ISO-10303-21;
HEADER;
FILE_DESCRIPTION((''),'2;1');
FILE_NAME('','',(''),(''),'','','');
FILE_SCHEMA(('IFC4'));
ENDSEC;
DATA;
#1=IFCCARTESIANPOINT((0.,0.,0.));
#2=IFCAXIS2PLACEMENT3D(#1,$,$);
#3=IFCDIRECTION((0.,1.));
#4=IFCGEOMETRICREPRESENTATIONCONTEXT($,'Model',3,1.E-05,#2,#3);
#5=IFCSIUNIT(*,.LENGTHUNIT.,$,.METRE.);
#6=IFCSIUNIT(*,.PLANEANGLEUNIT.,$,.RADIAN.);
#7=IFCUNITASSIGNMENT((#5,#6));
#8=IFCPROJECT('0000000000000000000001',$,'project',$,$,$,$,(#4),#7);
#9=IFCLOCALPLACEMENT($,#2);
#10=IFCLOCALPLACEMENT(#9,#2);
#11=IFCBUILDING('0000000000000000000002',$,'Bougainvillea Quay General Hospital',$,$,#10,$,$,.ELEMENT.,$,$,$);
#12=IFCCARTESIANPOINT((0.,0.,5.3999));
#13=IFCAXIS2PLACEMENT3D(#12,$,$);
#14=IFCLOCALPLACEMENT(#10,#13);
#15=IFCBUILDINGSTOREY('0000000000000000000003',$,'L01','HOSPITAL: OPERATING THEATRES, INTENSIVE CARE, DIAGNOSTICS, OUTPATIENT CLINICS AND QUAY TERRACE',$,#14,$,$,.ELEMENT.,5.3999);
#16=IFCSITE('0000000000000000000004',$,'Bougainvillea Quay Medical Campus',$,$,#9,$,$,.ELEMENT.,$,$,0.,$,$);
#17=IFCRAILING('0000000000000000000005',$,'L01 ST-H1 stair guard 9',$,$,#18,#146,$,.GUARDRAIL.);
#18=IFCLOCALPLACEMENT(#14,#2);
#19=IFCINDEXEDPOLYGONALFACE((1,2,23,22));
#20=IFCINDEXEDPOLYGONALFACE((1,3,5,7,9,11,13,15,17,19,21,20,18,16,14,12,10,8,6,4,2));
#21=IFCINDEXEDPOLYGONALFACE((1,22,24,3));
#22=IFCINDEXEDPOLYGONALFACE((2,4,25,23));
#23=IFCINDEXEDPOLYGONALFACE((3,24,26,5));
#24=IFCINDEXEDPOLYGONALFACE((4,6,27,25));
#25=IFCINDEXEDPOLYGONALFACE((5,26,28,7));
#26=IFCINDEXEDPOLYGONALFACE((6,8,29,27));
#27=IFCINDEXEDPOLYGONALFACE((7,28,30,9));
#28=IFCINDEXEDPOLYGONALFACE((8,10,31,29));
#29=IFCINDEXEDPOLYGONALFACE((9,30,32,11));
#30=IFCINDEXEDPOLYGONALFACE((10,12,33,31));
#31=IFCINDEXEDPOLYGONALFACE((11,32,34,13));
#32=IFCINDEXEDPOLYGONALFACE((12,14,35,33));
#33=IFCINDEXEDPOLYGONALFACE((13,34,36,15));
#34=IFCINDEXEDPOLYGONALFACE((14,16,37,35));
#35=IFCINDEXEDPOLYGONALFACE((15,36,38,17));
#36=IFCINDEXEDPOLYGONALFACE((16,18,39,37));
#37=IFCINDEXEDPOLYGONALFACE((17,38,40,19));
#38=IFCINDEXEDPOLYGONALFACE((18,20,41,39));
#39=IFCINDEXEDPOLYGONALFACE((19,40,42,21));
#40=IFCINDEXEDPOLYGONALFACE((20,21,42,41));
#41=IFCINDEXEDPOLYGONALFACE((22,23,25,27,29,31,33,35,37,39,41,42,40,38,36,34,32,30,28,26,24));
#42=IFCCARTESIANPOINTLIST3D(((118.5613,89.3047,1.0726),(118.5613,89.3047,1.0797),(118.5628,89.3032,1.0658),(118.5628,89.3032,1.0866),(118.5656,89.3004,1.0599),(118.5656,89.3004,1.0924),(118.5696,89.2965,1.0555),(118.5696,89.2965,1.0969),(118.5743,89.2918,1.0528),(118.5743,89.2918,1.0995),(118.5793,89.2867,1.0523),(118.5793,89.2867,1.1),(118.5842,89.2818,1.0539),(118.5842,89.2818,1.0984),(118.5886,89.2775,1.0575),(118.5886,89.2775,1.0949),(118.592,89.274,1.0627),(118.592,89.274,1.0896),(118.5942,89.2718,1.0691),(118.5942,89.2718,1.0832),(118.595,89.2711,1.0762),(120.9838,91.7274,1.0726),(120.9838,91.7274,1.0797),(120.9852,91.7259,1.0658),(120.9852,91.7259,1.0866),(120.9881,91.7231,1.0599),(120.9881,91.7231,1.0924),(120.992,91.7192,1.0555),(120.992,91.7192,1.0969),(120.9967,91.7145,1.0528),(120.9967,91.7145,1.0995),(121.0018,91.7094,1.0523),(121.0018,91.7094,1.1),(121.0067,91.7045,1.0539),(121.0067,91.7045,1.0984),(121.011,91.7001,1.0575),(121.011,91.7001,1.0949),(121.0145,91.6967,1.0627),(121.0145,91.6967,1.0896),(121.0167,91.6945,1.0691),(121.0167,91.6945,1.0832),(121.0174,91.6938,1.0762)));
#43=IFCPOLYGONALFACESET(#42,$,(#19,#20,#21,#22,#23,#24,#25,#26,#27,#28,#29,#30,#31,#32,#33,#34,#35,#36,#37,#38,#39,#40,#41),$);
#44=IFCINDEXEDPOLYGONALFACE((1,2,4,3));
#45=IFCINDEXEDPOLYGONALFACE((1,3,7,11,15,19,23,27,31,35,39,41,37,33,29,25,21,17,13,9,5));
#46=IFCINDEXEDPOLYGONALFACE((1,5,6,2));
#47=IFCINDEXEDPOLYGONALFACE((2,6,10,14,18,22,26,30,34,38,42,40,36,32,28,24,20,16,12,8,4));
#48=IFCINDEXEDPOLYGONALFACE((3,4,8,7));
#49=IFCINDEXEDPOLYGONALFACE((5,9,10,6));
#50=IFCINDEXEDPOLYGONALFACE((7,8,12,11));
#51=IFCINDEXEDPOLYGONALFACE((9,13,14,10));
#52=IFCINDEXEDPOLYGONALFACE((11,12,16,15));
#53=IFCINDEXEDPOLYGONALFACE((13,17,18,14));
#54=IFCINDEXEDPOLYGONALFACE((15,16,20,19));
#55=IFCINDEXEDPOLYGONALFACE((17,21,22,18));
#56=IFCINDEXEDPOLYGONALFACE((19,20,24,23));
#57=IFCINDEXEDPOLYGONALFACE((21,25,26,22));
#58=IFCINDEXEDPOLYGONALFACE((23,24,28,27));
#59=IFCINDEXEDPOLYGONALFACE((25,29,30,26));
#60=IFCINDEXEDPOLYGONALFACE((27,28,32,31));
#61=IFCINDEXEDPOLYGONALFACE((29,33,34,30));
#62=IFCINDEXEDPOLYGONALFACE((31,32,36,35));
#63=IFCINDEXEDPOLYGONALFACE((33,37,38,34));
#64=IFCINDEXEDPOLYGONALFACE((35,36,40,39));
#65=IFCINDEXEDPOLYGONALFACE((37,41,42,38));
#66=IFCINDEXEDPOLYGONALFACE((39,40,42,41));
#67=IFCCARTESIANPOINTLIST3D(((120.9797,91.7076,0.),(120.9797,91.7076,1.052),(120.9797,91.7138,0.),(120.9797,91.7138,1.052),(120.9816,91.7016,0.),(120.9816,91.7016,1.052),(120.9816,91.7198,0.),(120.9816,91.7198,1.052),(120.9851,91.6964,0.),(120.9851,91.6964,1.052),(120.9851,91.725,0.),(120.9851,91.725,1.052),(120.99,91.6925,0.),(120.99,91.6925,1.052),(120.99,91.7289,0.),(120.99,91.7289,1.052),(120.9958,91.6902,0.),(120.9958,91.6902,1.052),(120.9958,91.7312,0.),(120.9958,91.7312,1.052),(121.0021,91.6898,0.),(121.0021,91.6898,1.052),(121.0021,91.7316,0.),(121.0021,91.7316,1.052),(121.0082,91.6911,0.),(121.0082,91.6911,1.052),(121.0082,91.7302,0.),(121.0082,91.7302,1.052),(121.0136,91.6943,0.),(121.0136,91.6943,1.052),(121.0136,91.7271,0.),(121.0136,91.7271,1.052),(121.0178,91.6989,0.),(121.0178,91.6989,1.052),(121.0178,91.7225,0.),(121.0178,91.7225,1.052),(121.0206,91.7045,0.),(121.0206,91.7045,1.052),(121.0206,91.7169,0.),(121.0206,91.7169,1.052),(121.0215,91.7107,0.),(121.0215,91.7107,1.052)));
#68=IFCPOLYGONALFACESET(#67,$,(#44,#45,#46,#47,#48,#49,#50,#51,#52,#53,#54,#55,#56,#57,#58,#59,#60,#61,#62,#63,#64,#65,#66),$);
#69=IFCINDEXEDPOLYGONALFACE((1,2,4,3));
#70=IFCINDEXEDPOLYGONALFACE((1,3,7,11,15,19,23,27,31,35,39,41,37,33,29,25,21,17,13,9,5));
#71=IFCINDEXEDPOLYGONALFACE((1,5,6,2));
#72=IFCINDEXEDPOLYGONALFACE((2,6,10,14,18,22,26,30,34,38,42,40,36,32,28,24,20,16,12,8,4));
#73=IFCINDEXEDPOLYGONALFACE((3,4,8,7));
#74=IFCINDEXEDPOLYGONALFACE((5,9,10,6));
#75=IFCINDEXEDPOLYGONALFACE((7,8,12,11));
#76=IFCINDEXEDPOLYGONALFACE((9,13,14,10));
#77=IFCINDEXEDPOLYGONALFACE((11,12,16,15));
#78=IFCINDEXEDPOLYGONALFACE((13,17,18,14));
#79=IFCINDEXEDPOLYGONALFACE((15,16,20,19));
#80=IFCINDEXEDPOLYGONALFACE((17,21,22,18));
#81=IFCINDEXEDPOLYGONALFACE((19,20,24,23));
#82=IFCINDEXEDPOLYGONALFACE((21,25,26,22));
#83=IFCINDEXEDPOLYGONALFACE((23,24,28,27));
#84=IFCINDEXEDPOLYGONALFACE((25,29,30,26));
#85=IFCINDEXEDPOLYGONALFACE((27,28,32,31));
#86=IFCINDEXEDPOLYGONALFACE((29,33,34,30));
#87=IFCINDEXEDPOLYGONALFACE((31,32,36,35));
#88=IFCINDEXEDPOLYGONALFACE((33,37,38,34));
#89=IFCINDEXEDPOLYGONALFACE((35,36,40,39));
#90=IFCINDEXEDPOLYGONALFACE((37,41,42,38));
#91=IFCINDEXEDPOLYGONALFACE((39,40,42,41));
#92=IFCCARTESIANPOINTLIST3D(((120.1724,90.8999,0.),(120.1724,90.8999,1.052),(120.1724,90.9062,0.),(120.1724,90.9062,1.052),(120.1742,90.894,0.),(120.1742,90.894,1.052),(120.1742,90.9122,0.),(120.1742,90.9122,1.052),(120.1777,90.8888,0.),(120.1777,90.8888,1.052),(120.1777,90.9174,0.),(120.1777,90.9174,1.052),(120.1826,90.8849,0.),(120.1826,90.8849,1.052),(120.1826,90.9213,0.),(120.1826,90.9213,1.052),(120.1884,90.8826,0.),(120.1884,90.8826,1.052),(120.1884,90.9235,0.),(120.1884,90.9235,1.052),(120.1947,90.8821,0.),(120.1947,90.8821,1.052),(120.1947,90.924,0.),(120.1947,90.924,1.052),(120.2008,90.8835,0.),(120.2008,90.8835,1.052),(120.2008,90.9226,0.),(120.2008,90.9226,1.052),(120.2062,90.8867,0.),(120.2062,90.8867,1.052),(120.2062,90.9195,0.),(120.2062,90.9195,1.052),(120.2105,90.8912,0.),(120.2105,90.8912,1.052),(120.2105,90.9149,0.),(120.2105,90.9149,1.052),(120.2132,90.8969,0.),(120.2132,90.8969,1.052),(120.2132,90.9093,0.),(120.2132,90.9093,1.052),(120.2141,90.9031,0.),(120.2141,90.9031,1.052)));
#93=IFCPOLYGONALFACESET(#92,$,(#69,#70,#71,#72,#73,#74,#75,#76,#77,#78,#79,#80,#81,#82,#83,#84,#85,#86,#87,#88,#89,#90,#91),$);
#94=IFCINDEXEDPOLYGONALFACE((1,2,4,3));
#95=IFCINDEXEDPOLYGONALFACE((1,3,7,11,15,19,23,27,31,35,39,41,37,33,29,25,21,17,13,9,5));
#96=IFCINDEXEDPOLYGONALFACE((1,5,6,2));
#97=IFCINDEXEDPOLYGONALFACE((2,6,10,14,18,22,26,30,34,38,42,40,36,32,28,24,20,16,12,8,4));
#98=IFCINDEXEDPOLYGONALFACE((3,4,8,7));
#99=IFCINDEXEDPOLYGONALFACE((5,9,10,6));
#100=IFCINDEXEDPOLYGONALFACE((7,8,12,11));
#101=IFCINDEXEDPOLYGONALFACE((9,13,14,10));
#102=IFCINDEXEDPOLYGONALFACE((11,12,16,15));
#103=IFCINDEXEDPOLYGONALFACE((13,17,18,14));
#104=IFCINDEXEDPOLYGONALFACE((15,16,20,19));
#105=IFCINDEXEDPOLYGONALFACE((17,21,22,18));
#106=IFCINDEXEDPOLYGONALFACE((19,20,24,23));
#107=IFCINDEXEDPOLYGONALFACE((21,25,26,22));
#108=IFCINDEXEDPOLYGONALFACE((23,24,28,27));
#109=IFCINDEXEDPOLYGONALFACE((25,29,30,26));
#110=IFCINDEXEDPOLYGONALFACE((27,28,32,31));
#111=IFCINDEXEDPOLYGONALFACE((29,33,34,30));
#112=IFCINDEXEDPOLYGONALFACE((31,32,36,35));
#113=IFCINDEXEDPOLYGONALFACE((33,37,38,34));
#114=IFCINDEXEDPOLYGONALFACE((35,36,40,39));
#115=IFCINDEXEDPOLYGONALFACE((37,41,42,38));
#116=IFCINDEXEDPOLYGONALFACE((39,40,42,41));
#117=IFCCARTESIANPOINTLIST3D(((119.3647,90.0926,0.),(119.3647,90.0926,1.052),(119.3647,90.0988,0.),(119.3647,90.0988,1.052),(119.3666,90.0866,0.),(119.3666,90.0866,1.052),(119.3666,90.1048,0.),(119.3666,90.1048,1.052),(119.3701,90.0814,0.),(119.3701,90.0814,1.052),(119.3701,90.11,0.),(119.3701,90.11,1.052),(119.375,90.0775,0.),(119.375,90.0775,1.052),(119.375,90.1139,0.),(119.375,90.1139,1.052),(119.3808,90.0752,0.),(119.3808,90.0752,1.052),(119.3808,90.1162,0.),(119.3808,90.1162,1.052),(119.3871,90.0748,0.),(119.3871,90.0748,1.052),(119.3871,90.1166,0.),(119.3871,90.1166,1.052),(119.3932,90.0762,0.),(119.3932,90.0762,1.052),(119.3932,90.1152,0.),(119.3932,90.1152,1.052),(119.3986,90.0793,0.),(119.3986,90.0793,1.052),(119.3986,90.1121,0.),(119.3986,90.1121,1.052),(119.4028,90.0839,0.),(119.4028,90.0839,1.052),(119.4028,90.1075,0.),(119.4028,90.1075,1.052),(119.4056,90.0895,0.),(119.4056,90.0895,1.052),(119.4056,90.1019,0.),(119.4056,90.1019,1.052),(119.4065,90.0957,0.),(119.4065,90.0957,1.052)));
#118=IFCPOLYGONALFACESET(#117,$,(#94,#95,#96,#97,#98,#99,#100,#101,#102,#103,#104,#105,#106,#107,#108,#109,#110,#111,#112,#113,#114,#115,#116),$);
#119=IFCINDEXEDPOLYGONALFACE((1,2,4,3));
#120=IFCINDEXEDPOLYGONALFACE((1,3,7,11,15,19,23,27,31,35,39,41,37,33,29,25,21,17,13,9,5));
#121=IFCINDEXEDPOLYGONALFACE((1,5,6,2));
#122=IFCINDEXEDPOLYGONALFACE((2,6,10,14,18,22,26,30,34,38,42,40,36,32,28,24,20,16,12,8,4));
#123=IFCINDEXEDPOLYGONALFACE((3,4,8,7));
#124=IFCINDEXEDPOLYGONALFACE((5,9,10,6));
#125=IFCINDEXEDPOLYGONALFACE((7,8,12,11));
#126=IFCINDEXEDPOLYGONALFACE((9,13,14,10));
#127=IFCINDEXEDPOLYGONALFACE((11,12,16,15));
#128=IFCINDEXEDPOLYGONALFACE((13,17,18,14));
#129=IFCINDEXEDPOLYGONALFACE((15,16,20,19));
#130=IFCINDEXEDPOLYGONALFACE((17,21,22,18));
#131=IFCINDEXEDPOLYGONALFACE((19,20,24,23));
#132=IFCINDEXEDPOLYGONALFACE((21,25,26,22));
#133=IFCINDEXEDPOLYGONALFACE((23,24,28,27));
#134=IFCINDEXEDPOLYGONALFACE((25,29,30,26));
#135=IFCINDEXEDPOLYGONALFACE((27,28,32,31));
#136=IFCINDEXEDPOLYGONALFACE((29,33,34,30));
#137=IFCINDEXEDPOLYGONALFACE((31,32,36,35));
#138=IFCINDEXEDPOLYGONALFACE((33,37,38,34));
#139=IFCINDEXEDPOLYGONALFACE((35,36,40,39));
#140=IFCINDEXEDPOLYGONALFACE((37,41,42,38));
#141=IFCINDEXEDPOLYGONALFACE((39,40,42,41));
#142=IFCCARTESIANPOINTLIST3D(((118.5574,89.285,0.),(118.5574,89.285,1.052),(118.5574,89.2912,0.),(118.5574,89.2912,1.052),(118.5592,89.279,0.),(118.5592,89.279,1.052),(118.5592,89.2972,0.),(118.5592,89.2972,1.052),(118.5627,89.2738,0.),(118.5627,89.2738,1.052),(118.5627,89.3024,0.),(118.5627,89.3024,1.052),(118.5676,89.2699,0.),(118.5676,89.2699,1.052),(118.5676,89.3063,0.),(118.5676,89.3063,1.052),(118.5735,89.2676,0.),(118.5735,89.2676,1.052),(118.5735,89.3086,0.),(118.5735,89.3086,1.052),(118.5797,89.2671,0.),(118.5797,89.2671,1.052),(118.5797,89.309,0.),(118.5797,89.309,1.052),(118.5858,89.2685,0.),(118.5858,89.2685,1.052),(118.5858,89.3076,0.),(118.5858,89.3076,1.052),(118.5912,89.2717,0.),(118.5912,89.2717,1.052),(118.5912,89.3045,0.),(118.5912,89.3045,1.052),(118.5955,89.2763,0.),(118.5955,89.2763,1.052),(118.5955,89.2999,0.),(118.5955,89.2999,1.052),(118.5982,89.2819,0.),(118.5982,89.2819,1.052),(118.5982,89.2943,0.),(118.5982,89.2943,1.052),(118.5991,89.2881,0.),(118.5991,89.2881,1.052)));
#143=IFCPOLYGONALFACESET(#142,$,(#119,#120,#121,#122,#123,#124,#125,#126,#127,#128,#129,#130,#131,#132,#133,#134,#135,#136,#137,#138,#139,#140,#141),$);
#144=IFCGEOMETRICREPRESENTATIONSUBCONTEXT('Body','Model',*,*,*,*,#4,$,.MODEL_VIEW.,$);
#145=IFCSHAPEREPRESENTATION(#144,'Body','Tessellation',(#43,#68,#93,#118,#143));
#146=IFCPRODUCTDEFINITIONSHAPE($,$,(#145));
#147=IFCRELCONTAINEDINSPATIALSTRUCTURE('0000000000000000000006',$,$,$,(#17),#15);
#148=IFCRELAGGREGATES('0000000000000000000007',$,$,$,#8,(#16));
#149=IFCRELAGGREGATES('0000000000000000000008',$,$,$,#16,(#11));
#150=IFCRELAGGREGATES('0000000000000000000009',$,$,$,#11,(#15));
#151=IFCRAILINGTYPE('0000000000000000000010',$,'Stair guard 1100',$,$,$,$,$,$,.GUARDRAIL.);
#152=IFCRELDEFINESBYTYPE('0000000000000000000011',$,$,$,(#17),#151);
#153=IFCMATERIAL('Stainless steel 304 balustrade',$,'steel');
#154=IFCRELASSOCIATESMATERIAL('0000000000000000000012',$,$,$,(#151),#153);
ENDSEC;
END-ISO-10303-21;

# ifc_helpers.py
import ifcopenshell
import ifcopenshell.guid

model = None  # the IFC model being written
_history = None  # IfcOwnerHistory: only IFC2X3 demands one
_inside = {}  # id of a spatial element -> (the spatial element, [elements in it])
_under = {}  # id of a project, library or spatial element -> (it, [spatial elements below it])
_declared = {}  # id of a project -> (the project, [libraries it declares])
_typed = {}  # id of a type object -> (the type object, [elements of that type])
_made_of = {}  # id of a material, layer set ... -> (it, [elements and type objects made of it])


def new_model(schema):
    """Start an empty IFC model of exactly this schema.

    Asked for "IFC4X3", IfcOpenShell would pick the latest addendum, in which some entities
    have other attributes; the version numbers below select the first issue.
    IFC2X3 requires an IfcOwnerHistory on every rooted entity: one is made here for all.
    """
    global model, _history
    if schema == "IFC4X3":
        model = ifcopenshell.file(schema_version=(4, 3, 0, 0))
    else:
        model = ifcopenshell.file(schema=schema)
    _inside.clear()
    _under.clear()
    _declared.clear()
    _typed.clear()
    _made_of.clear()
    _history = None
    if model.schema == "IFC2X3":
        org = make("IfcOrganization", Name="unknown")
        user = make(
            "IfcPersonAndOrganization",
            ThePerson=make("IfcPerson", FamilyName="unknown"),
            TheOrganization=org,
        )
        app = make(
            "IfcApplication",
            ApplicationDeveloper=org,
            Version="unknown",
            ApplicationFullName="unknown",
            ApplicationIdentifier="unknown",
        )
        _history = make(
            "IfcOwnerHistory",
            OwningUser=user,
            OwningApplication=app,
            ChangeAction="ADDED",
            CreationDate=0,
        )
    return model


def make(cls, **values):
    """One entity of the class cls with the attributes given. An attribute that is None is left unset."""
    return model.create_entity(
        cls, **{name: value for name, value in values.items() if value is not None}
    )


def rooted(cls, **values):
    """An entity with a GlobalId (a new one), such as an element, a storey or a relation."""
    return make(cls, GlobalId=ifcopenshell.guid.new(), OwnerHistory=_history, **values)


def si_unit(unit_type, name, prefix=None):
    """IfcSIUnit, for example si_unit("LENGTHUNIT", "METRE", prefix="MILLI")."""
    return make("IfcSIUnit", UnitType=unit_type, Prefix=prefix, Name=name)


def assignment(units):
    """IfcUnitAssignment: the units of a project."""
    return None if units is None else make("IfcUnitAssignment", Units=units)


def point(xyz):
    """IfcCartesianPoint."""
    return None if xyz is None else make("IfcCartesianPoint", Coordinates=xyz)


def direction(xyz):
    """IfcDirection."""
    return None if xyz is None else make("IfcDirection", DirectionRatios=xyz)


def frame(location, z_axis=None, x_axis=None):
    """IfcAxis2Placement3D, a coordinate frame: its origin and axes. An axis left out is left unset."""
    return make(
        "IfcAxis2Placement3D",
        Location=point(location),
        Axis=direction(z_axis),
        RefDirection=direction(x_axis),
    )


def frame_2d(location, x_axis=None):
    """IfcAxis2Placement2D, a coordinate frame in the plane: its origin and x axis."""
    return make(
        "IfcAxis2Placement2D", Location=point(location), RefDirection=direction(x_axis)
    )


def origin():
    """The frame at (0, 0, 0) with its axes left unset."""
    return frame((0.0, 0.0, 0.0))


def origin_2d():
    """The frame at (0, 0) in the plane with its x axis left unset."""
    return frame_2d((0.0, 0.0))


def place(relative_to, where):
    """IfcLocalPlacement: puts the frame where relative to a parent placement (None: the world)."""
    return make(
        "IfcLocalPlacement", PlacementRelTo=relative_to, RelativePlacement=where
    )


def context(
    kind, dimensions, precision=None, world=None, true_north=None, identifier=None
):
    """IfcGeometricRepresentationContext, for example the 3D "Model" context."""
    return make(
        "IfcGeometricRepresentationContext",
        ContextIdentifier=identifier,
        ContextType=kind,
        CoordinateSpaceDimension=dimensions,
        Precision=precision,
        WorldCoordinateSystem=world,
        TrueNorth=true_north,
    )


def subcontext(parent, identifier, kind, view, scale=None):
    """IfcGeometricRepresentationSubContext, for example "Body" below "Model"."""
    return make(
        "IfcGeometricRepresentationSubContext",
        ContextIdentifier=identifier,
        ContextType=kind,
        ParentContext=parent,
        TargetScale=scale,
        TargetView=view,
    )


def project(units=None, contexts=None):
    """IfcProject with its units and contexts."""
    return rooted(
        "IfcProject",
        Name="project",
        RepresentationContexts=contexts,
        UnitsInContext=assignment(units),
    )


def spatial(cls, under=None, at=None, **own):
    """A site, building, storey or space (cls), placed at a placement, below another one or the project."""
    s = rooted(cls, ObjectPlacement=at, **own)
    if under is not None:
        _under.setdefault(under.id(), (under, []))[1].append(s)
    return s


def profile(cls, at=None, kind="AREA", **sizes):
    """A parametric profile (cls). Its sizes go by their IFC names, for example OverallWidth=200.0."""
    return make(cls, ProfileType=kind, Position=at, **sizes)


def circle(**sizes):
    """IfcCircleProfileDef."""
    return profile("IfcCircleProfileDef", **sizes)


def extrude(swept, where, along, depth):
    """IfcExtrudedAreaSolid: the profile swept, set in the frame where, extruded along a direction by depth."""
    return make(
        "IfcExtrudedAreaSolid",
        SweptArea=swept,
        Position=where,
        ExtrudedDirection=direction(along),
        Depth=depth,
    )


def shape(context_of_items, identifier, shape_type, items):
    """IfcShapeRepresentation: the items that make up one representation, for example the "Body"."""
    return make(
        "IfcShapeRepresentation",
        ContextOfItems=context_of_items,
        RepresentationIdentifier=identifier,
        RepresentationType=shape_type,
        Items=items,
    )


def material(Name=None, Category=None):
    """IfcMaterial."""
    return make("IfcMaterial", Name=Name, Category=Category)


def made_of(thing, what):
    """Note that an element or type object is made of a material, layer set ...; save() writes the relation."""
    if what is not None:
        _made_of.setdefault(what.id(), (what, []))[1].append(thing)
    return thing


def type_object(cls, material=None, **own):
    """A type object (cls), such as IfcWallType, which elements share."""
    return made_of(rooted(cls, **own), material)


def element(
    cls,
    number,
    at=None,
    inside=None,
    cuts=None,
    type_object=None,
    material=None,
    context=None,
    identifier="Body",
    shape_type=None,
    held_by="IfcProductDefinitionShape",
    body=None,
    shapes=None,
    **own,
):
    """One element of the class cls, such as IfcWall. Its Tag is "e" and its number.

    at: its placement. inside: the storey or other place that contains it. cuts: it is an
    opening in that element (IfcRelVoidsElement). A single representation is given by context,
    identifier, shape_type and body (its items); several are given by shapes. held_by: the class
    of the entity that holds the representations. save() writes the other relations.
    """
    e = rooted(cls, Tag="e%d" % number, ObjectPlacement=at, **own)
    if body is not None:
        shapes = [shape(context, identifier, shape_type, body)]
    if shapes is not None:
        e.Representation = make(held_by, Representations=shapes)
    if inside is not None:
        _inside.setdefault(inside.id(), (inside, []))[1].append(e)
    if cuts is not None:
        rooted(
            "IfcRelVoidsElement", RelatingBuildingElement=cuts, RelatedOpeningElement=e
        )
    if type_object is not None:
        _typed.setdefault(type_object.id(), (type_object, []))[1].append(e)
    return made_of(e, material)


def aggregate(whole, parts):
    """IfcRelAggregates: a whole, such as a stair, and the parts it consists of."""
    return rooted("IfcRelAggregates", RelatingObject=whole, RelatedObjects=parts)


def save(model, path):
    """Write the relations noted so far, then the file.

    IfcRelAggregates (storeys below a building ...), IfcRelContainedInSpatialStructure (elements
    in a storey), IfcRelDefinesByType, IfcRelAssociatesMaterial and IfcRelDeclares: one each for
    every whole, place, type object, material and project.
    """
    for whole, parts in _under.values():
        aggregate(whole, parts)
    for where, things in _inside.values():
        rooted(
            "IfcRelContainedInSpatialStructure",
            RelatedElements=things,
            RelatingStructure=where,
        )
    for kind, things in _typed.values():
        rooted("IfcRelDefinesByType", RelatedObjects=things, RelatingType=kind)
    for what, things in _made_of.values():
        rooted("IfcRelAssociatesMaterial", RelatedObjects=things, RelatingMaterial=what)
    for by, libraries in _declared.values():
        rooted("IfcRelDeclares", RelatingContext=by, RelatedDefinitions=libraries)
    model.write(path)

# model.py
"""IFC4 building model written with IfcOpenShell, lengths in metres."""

from ifc_helpers import new_model, si_unit, direction, frame, origin, origin_2d, place, context, subcontext, project, spatial, circle, extrude, material, type_object, element, save


model = new_model("IFC4")

# Units and contexts
model_context = context("Model", 3, precision=1e-05, world=origin(), true_north=direction((0.0, 1.0)))
body_context = subcontext(model_context, "Body", "Model", "MODEL_VIEW")
ifc_project = project(units=[si_unit("LENGTHUNIT", "METRE"), si_unit("PLANEANGLEUNIT", "RADIAN")], contexts=[model_context])

# Site, building, storey
site_placement = place(None, origin())
site = spatial("IfcSite", under=ifc_project, at=site_placement, Name="Bougainvillea Quay Medical Campus", CompositionType="ELEMENT", RefElevation=0.0)
building_placement = place(site_placement, origin())
building = spatial("IfcBuilding", under=site, at=building_placement, Name="Bougainvillea Quay General Hospital", CompositionType="ELEMENT")
storey_placement = place(building_placement, frame((0.0, 0.0, 5.3999)))
storey = spatial("IfcBuildingStorey", under=building, at=storey_placement, Name="L01", Description="HOSPITAL: OPERATING THEATRES, INTENSIVE CARE, DIAGNOSTICS, OUTPATIENT CLINICS AND QUAY TERRACE", CompositionType="ELEMENT", Elevation=5.3999)

# Railing
ifc_material_1 = material(Name="Stainless steel 304 balustrade", Category="steel")
railing_type_1 = type_object("IfcRailingType", Name="Stair guard 1100", PredefinedType="GUARDRAIL", material=ifc_material_1)
railing_1_placement = place(storey_placement, frame((121.0005, 91.7107, 0.0)))
element("IfcRailing", 1, at=railing_1_placement, inside=storey, type_object=railing_type_1, Name="L01 ST-H1 stair guard 9", PredefinedType="GUARDRAIL", context=body_context, shape_type="SweptSolid", body=[
    extrude(circle(Radius=0.0239, at=origin_2d()), frame((0.0, 0.0, 1.0762), z_axis=(-0.707071, -0.707142, 0.0), x_axis=(0.707142, -0.707071, 0.0)), (0.0, 0.0, 1.0), 3.426),
    extrude(circle(Radius=0.021, at=origin_2d()), origin(), (0.0, 0.0, 1.0), 1.052),
    extrude(circle(Radius=0.021, at=origin_2d()), frame((-0.8074, -0.8076, 0.0)), (0.0, 0.0, 1.0), 1.052),
    extrude(circle(Radius=0.021, at=origin_2d()), frame((-1.615, -1.615, 0.0)), (0.0, 0.0, 1.0), 1.052),
    extrude(circle(Radius=0.021, at=origin_2d()), frame((-2.4224, -2.4226, 0.0)), (0.0, 0.0, 1.0), 1.052),
])

save(model, "model.ifc")
